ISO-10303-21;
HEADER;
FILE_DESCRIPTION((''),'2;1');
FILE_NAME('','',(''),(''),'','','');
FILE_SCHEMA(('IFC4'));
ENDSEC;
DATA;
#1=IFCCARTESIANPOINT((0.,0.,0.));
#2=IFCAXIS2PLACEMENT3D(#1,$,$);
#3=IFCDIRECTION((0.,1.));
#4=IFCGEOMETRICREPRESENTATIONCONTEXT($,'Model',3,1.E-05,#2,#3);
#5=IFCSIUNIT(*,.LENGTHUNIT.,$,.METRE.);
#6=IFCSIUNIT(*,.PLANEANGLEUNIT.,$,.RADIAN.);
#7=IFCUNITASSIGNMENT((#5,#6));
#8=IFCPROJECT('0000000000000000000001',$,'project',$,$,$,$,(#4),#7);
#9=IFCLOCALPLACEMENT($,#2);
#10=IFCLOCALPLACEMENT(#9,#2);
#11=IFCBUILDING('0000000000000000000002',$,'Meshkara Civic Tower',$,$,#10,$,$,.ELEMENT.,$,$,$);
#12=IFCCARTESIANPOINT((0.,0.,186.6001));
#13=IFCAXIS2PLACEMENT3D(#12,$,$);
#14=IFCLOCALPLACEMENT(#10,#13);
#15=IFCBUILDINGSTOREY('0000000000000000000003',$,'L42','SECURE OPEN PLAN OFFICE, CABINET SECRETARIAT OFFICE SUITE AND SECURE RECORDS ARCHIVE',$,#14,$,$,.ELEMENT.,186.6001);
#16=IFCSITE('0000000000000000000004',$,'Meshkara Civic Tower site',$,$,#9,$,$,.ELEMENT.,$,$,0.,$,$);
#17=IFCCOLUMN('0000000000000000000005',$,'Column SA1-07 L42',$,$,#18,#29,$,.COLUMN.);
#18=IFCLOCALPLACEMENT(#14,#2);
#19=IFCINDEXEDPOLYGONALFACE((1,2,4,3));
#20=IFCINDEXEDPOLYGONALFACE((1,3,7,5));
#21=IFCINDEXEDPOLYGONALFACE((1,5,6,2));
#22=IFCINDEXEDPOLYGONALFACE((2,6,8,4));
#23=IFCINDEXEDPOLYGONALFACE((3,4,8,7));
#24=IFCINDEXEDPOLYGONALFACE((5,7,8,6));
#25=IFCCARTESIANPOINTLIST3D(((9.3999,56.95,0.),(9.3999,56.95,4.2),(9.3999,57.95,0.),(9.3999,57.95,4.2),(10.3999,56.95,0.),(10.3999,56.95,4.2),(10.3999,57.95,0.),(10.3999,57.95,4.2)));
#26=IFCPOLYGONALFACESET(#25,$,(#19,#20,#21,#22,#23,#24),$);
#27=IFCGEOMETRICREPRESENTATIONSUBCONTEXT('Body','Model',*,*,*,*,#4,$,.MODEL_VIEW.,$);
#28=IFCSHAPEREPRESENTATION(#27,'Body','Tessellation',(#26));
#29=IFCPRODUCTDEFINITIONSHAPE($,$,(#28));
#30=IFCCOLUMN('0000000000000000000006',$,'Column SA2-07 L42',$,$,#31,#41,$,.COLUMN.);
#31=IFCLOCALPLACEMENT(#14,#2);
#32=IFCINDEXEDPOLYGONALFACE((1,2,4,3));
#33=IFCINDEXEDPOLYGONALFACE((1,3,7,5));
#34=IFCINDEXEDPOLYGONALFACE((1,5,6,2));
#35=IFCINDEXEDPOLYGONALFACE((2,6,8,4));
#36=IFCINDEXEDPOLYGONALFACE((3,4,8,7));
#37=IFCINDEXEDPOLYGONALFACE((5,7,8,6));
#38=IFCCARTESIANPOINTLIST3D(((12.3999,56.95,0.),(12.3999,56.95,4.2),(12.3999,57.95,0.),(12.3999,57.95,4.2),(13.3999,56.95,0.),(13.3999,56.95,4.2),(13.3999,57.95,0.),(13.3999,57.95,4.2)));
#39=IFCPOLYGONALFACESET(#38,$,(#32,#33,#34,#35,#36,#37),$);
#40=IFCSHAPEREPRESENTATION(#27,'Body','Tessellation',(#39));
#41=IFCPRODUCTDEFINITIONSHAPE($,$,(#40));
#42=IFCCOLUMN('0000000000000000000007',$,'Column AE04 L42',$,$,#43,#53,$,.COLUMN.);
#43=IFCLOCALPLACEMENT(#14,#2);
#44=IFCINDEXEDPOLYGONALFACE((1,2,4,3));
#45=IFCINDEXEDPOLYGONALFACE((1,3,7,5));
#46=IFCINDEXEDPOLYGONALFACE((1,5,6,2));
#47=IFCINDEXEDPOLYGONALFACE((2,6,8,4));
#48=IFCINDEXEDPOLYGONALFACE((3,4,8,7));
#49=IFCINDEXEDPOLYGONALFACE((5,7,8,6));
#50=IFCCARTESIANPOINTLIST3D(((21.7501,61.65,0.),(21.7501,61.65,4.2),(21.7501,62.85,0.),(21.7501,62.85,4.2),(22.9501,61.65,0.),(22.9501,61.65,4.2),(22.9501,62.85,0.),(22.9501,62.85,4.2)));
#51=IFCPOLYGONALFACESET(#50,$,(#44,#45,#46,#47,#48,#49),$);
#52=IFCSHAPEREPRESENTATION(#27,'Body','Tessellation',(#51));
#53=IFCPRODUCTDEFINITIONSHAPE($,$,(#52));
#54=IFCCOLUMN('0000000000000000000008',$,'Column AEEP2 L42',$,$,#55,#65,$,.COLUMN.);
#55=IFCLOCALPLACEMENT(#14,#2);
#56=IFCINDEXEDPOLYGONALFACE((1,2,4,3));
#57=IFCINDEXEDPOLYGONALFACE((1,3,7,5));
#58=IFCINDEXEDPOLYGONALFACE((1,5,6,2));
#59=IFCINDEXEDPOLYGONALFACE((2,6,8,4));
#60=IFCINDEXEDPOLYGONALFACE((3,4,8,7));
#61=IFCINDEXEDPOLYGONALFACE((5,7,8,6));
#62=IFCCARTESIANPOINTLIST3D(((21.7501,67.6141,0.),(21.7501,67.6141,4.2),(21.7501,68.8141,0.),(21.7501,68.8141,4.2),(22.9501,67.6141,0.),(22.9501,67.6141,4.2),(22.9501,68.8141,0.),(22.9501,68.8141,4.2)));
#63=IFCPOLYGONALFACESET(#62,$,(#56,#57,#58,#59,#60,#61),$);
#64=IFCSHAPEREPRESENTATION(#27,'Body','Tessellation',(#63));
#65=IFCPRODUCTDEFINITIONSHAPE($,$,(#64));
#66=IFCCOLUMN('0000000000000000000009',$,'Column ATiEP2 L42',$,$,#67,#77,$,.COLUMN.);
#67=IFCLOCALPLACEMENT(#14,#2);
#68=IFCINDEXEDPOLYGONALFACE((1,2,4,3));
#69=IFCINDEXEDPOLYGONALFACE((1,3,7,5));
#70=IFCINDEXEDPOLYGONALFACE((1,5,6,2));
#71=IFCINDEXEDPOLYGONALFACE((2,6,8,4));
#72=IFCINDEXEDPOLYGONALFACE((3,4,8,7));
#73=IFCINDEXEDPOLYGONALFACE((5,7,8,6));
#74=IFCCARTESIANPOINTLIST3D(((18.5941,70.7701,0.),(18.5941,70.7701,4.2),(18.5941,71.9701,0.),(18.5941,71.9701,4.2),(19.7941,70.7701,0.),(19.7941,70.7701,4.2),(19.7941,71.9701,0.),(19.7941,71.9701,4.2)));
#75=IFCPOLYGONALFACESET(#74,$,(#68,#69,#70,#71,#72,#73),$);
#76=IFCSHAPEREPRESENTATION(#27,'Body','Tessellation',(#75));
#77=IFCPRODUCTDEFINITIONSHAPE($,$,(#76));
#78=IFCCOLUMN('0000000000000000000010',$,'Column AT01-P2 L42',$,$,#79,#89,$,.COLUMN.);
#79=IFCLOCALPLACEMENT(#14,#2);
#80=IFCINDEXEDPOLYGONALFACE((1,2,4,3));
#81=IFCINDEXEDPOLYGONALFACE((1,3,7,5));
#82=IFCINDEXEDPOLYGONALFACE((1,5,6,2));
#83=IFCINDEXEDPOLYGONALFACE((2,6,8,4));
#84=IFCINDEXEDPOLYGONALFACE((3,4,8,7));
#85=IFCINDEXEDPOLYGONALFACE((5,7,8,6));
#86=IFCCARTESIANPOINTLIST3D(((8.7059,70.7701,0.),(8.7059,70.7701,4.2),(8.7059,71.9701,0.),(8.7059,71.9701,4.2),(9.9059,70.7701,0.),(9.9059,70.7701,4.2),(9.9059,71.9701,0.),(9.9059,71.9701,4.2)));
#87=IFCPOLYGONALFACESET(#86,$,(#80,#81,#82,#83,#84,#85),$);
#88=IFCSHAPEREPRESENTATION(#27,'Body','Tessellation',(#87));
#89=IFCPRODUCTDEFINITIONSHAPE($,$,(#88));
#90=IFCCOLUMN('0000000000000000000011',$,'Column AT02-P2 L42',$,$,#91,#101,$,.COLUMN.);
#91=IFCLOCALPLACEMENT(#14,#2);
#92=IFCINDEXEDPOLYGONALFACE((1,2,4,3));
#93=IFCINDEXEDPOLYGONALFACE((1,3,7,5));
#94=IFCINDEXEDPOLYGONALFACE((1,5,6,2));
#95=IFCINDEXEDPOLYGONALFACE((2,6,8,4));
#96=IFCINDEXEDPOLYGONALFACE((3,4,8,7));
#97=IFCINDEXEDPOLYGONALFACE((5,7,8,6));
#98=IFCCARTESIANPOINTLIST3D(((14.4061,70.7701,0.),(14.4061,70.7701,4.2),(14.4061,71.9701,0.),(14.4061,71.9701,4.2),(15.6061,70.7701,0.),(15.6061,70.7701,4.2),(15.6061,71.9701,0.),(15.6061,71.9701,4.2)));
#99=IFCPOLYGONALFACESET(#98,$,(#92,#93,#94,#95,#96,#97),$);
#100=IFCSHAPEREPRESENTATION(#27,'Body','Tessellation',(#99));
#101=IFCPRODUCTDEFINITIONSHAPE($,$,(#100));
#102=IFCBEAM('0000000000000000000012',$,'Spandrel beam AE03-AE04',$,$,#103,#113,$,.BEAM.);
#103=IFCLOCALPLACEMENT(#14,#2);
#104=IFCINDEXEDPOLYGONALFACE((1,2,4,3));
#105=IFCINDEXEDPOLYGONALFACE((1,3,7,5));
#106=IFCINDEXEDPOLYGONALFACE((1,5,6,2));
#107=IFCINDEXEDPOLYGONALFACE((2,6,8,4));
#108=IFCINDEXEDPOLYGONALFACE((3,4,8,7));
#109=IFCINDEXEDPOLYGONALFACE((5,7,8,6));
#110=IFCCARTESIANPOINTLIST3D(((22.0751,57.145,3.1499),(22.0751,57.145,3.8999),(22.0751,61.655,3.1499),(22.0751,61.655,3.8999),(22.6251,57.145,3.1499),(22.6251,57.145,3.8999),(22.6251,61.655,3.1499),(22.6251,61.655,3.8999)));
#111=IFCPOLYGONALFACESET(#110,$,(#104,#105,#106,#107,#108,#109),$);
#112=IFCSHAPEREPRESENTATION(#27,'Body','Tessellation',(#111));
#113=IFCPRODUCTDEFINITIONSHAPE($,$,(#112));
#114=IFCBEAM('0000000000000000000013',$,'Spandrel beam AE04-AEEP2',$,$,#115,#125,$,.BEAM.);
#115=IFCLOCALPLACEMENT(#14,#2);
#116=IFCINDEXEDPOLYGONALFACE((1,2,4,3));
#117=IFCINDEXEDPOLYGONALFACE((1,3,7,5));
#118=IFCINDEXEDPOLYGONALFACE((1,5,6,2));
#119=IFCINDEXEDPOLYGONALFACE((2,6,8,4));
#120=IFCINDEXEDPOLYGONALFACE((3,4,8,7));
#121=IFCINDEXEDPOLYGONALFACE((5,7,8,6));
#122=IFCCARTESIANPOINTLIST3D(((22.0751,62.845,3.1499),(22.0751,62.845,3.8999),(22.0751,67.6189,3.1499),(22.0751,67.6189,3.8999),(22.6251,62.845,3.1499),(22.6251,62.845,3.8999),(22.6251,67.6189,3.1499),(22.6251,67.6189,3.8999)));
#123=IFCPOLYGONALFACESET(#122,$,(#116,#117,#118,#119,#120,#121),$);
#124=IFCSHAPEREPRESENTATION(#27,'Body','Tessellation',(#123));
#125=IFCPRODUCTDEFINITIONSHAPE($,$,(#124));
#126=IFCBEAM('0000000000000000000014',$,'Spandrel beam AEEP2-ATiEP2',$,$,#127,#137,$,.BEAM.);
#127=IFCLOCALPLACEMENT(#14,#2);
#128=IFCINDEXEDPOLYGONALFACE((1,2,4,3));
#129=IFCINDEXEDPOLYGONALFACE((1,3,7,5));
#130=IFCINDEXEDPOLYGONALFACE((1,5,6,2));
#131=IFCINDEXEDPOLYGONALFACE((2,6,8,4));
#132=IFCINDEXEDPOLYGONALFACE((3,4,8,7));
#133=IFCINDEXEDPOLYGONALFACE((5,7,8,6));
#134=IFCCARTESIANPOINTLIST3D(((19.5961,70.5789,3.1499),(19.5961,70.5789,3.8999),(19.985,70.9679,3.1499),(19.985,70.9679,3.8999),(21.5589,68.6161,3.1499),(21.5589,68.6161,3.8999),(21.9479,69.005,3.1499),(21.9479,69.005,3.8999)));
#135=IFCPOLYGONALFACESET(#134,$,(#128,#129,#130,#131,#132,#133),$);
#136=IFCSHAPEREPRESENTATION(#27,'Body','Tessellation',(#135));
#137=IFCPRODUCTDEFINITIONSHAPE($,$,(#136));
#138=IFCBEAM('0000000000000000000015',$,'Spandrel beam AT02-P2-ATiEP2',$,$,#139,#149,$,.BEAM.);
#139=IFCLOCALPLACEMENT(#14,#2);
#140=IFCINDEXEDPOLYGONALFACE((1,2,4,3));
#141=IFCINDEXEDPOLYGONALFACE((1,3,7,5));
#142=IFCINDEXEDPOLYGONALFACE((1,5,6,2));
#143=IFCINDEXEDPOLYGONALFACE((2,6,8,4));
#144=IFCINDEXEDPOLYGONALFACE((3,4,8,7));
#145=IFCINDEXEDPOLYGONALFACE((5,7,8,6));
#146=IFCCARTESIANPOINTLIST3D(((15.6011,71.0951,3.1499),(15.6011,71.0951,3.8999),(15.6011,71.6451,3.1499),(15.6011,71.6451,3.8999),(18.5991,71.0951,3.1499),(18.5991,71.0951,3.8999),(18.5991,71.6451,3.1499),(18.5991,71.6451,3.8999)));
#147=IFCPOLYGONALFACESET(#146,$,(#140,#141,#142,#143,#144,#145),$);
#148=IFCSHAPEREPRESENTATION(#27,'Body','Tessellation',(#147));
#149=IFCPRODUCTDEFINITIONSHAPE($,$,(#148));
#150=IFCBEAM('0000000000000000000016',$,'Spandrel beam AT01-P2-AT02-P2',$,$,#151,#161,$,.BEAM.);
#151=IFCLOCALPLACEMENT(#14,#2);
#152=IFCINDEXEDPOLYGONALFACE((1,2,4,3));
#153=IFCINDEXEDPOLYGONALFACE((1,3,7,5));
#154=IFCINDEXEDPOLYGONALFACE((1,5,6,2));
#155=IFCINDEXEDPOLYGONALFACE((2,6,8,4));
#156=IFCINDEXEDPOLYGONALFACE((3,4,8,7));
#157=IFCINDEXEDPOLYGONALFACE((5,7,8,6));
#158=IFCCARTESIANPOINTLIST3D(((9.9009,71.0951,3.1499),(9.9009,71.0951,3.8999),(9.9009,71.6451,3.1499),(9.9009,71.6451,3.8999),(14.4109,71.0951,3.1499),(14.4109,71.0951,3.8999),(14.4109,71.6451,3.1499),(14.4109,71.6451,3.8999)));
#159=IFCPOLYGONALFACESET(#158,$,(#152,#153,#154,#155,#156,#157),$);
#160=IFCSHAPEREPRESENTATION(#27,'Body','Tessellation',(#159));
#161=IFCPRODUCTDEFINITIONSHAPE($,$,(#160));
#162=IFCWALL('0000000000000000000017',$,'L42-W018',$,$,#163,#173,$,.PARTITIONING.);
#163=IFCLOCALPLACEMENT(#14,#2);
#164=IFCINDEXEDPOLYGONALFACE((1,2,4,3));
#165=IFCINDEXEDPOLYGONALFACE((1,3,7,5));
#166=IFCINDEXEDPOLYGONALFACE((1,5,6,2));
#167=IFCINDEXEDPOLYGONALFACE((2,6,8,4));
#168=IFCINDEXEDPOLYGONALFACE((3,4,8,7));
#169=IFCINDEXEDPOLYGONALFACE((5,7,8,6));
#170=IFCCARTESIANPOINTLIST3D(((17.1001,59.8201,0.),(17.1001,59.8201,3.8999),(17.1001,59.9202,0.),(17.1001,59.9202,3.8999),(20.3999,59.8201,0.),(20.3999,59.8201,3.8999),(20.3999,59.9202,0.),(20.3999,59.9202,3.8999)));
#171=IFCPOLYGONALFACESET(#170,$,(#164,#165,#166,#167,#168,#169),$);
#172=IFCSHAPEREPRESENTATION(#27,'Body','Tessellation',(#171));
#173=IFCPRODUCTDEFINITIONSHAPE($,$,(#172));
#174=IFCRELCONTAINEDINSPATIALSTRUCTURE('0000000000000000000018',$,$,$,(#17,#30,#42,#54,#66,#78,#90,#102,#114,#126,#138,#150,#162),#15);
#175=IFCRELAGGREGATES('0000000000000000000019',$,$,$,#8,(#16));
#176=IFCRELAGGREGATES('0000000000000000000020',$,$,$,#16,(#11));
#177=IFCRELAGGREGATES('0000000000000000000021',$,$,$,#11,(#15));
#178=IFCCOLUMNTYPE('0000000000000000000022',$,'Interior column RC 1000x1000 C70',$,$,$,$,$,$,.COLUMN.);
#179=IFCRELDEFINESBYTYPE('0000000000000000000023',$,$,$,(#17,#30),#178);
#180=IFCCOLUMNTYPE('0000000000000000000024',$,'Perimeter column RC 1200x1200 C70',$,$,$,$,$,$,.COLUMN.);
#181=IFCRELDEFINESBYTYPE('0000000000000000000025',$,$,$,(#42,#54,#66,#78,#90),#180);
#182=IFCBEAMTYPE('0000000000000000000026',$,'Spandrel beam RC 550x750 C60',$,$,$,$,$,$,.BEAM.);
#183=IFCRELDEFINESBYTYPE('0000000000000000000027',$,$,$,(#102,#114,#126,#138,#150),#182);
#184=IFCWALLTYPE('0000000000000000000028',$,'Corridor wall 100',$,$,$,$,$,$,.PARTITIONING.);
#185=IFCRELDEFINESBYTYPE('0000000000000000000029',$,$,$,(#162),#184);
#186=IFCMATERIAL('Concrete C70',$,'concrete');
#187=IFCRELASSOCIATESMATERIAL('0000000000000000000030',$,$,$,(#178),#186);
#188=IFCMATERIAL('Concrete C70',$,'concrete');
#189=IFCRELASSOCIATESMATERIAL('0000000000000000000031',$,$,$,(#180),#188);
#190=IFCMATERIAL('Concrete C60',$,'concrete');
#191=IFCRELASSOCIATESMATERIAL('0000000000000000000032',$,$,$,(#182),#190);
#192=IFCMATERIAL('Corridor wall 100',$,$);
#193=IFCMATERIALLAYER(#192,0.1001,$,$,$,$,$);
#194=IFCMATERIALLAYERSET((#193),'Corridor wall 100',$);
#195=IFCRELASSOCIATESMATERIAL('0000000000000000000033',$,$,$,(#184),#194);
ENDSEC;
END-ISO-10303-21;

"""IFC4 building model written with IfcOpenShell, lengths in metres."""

from ifc_helpers import new_model, si_unit, direction, frame, frame_2d, origin, origin_2d, place, context, subcontext, project, spatial, rectangle, extrude, material, layer, layer_set, material_profile, profile_set, type_object, element, save


model = new_model("IFC4")

# Units and contexts
model_context = context("Model", 3, precision=1e-05, world=origin(), true_north=direction((0.0, 1.0)))
body_context = subcontext(model_context, "Body", "Model", "MODEL_VIEW")
ifc_project = project(units=[si_unit("LENGTHUNIT", "METRE"), si_unit("PLANEANGLEUNIT", "RADIAN")], contexts=[model_context])

# Site, building, storey
site_placement = place(None, origin())
site = spatial("IfcSite", under=ifc_project, at=site_placement, Name="Meshkara Civic Tower site", CompositionType="ELEMENT", RefElevation=0.0)
building_placement = place(site_placement, origin())
building = spatial("IfcBuilding", under=site, at=building_placement, Name="Meshkara Civic Tower", CompositionType="ELEMENT")
storey_placement = place(building_placement, frame((0.0, 0.0, 186.6001)))
storey = spatial("IfcBuildingStorey", under=building, at=storey_placement, Name="L42", Description="SECURE OPEN PLAN OFFICE, CABINET SECRETARIAT OFFICE SUITE AND SECURE RECORDS ARCHIVE", CompositionType="ELEMENT", Elevation=186.6001)

# Columns
ifc_material_1 = material(Name="Concrete C70", Category="concrete")
ifc_material_profile_1 = material_profile(ifc_material_1, rectangle(XDim=1.0, YDim=1.0, at=origin_2d()))
ifc_profile_set_1 = profile_set([ifc_material_profile_1], Name="Concrete C70")
column_type_1 = type_object("IfcColumnType", Name="Interior column RC 1000x1000 C70", PredefinedType="COLUMN", material=ifc_profile_set_1)
for number, where, z_axis, x_axis, name in (
    (1, (9.8999, 57.45, 0.0), (0.0, 0.0, 1.0), (1.0, 0.0, 0.0), "Column SA1-07 L42"),
    (2, (12.8999, 57.45, 0.0), (0.0, 0.0, 1.0), (1.0, 0.0, 0.0), "Column SA2-07 L42"),
):
    element("IfcColumn", number, at=place(storey_placement, frame(where, z_axis=z_axis, x_axis=x_axis)), inside=storey, type_object=column_type_1, Name=name, PredefinedType="COLUMN", context=body_context, shape_type="SweptSolid", body=[
        extrude(rectangle(XDim=1.0, YDim=1.0, at=origin_2d()), origin(), (0.0, 0.0, 1.0), 4.2),
    ])
ifc_material_2 = material(Name="Concrete C70", Category="concrete")
ifc_material_profile_2 = material_profile(ifc_material_2, rectangle(XDim=1.2, YDim=1.2, at=origin_2d()))
ifc_profile_set_2 = profile_set([ifc_material_profile_2], Name="Concrete C70")
column_type_2 = type_object("IfcColumnType", Name="Perimeter column RC 1200x1200 C70", PredefinedType="COLUMN", material=ifc_profile_set_2)
for number, where, z_axis, x_axis, name in (
    (3, (22.3501, 62.25, 0.0), (0.0, 0.0, 1.0), (1.0, 0.0, 0.0), "Column AE04 L42"),
    (4, (22.3501, 68.2141, 0.0), (0.0, 0.0, 1.0), (1.0, 0.0, 0.0), "Column AEEP2 L42"),
    (5, (19.1941, 71.3701, 0.0), (0.0, 0.0, 1.0), (1.0, 0.0, 0.0), "Column ATiEP2 L42"),
    (6, (9.3059, 71.3701, 0.0), (0.0, 0.0, 1.0), (1.0, 0.0, 0.0), "Column AT01-P2 L42"),
    (7, (15.0061, 71.3701, 0.0), (0.0, 0.0, 1.0), (1.0, 0.0, 0.0), "Column AT02-P2 L42"),
):
    element("IfcColumn", number, at=place(storey_placement, frame(where, z_axis=z_axis, x_axis=x_axis)), inside=storey, type_object=column_type_2, Name=name, PredefinedType="COLUMN", context=body_context, shape_type="SweptSolid", body=[
        extrude(rectangle(XDim=1.2, YDim=1.2, at=origin_2d()), origin(), (0.0, 0.0, 1.0), 4.2),
    ])

# Beams
ifc_material_3 = material(Name="Concrete C60", Category="concrete")
ifc_material_profile_3 = material_profile(ifc_material_3, rectangle(XDim=0.55, YDim=0.75, at=origin_2d()))
ifc_profile_set_3 = profile_set([ifc_material_profile_3], Name="Concrete C60")
beam_type = type_object("IfcBeamType", Name="Spandrel beam RC 550x750 C60", PredefinedType="BEAM", material=ifc_profile_set_3)
beam_1_placement = place(storey_placement, frame((22.3501, 57.145, 3.5249), z_axis=(0.0, 1.0, 0.0), x_axis=(-1.0, 0.0, 0.0)))
element("IfcBeam", 8, at=beam_1_placement, inside=storey, type_object=beam_type, Name="Spandrel beam AE03-AE04", PredefinedType="BEAM", context=body_context, shape_type="SweptSolid", body=[
    extrude(rectangle(XDim=0.55, YDim=0.75, at=origin_2d()), origin(), (0.0, 0.0, 1.0), 4.51),
])
beam_2_placement = place(storey_placement, frame((22.3501, 62.845, 3.5249), z_axis=(0.0, 1.0, 0.0), x_axis=(-1.0, 0.0, 0.0)))
element("IfcBeam", 9, at=beam_2_placement, inside=storey, type_object=beam_type, Name="Spandrel beam AE04-AEEP2", PredefinedType="BEAM", context=body_context, shape_type="SweptSolid", body=[
    extrude(rectangle(XDim=0.55, YDim=0.75, at=origin_2d()), origin(), (0.0, 0.0, 1.0), 4.7739),
])
beam_3_placement = place(storey_placement, frame((21.7534, 68.8105, 3.5249), z_axis=(-0.707107, 0.707107, 0.0), x_axis=(-0.707107, -0.707107, 0.0)))
element("IfcBeam", 10, at=beam_3_placement, inside=storey, type_object=beam_type, Name="Spandrel beam AEEP2-ATiEP2", PredefinedType="BEAM", context=body_context, shape_type="SweptSolid", body=[
    extrude(rectangle(XDim=0.55, YDim=0.75, at=origin_2d()), origin(), (0.0, 0.0, 1.0), 2.7759),
])
beam_4_placement = place(storey_placement, frame((18.5991, 71.3701, 3.5249), z_axis=(-1.0, 0.0, 0.0), x_axis=(0.0, -1.0, 0.0)))
element("IfcBeam", 11, at=beam_4_placement, inside=storey, type_object=beam_type, Name="Spandrel beam AT02-P2-ATiEP2", PredefinedType="BEAM", context=body_context, shape_type="SweptSolid", body=[
    extrude(rectangle(XDim=0.55, YDim=0.75, at=origin_2d()), origin(), (0.0, 0.0, 1.0), 2.998),
])
beam_5_placement = place(storey_placement, frame((14.4109, 71.3701, 3.5249), z_axis=(-1.0, 0.0, 0.0), x_axis=(0.0, -1.0, 0.0)))
element("IfcBeam", 12, at=beam_5_placement, inside=storey, type_object=beam_type, Name="Spandrel beam AT01-P2-AT02-P2", PredefinedType="BEAM", context=body_context, shape_type="SweptSolid", body=[
    extrude(rectangle(XDim=0.55, YDim=0.75, at=origin_2d()), origin(), (0.0, 0.0, 1.0), 4.51),
])

# Wall
ifc_material_4 = material(Name="Corridor wall 100")
ifc_layer_1 = layer(ifc_material_4, 0.1001)
ifc_layer_set_1 = layer_set([ifc_layer_1], Name="Corridor wall 100")
wall_type_1 = type_object("IfcWallType", Name="Corridor wall 100", PredefinedType="PARTITIONING", material=ifc_layer_set_1)
wall_1_placement = place(storey_placement, frame((20.3999, 59.8701, 0.0), z_axis=(0.0, 0.0, 1.0), x_axis=(-1.0, 0.0, 0.0)))
element("IfcWall", 13, at=wall_1_placement, inside=storey, type_object=wall_type_1, Name="L42-W018", PredefinedType="PARTITIONING", context=body_context, shape_type="SweptSolid", body=[
    extrude(rectangle(XDim=3.2998, YDim=0.1001, at=frame_2d((1.6499, 0.0))), origin(), (0.0, 0.0, 1.0), 3.8999),
])

save(model, "model.ifc")
